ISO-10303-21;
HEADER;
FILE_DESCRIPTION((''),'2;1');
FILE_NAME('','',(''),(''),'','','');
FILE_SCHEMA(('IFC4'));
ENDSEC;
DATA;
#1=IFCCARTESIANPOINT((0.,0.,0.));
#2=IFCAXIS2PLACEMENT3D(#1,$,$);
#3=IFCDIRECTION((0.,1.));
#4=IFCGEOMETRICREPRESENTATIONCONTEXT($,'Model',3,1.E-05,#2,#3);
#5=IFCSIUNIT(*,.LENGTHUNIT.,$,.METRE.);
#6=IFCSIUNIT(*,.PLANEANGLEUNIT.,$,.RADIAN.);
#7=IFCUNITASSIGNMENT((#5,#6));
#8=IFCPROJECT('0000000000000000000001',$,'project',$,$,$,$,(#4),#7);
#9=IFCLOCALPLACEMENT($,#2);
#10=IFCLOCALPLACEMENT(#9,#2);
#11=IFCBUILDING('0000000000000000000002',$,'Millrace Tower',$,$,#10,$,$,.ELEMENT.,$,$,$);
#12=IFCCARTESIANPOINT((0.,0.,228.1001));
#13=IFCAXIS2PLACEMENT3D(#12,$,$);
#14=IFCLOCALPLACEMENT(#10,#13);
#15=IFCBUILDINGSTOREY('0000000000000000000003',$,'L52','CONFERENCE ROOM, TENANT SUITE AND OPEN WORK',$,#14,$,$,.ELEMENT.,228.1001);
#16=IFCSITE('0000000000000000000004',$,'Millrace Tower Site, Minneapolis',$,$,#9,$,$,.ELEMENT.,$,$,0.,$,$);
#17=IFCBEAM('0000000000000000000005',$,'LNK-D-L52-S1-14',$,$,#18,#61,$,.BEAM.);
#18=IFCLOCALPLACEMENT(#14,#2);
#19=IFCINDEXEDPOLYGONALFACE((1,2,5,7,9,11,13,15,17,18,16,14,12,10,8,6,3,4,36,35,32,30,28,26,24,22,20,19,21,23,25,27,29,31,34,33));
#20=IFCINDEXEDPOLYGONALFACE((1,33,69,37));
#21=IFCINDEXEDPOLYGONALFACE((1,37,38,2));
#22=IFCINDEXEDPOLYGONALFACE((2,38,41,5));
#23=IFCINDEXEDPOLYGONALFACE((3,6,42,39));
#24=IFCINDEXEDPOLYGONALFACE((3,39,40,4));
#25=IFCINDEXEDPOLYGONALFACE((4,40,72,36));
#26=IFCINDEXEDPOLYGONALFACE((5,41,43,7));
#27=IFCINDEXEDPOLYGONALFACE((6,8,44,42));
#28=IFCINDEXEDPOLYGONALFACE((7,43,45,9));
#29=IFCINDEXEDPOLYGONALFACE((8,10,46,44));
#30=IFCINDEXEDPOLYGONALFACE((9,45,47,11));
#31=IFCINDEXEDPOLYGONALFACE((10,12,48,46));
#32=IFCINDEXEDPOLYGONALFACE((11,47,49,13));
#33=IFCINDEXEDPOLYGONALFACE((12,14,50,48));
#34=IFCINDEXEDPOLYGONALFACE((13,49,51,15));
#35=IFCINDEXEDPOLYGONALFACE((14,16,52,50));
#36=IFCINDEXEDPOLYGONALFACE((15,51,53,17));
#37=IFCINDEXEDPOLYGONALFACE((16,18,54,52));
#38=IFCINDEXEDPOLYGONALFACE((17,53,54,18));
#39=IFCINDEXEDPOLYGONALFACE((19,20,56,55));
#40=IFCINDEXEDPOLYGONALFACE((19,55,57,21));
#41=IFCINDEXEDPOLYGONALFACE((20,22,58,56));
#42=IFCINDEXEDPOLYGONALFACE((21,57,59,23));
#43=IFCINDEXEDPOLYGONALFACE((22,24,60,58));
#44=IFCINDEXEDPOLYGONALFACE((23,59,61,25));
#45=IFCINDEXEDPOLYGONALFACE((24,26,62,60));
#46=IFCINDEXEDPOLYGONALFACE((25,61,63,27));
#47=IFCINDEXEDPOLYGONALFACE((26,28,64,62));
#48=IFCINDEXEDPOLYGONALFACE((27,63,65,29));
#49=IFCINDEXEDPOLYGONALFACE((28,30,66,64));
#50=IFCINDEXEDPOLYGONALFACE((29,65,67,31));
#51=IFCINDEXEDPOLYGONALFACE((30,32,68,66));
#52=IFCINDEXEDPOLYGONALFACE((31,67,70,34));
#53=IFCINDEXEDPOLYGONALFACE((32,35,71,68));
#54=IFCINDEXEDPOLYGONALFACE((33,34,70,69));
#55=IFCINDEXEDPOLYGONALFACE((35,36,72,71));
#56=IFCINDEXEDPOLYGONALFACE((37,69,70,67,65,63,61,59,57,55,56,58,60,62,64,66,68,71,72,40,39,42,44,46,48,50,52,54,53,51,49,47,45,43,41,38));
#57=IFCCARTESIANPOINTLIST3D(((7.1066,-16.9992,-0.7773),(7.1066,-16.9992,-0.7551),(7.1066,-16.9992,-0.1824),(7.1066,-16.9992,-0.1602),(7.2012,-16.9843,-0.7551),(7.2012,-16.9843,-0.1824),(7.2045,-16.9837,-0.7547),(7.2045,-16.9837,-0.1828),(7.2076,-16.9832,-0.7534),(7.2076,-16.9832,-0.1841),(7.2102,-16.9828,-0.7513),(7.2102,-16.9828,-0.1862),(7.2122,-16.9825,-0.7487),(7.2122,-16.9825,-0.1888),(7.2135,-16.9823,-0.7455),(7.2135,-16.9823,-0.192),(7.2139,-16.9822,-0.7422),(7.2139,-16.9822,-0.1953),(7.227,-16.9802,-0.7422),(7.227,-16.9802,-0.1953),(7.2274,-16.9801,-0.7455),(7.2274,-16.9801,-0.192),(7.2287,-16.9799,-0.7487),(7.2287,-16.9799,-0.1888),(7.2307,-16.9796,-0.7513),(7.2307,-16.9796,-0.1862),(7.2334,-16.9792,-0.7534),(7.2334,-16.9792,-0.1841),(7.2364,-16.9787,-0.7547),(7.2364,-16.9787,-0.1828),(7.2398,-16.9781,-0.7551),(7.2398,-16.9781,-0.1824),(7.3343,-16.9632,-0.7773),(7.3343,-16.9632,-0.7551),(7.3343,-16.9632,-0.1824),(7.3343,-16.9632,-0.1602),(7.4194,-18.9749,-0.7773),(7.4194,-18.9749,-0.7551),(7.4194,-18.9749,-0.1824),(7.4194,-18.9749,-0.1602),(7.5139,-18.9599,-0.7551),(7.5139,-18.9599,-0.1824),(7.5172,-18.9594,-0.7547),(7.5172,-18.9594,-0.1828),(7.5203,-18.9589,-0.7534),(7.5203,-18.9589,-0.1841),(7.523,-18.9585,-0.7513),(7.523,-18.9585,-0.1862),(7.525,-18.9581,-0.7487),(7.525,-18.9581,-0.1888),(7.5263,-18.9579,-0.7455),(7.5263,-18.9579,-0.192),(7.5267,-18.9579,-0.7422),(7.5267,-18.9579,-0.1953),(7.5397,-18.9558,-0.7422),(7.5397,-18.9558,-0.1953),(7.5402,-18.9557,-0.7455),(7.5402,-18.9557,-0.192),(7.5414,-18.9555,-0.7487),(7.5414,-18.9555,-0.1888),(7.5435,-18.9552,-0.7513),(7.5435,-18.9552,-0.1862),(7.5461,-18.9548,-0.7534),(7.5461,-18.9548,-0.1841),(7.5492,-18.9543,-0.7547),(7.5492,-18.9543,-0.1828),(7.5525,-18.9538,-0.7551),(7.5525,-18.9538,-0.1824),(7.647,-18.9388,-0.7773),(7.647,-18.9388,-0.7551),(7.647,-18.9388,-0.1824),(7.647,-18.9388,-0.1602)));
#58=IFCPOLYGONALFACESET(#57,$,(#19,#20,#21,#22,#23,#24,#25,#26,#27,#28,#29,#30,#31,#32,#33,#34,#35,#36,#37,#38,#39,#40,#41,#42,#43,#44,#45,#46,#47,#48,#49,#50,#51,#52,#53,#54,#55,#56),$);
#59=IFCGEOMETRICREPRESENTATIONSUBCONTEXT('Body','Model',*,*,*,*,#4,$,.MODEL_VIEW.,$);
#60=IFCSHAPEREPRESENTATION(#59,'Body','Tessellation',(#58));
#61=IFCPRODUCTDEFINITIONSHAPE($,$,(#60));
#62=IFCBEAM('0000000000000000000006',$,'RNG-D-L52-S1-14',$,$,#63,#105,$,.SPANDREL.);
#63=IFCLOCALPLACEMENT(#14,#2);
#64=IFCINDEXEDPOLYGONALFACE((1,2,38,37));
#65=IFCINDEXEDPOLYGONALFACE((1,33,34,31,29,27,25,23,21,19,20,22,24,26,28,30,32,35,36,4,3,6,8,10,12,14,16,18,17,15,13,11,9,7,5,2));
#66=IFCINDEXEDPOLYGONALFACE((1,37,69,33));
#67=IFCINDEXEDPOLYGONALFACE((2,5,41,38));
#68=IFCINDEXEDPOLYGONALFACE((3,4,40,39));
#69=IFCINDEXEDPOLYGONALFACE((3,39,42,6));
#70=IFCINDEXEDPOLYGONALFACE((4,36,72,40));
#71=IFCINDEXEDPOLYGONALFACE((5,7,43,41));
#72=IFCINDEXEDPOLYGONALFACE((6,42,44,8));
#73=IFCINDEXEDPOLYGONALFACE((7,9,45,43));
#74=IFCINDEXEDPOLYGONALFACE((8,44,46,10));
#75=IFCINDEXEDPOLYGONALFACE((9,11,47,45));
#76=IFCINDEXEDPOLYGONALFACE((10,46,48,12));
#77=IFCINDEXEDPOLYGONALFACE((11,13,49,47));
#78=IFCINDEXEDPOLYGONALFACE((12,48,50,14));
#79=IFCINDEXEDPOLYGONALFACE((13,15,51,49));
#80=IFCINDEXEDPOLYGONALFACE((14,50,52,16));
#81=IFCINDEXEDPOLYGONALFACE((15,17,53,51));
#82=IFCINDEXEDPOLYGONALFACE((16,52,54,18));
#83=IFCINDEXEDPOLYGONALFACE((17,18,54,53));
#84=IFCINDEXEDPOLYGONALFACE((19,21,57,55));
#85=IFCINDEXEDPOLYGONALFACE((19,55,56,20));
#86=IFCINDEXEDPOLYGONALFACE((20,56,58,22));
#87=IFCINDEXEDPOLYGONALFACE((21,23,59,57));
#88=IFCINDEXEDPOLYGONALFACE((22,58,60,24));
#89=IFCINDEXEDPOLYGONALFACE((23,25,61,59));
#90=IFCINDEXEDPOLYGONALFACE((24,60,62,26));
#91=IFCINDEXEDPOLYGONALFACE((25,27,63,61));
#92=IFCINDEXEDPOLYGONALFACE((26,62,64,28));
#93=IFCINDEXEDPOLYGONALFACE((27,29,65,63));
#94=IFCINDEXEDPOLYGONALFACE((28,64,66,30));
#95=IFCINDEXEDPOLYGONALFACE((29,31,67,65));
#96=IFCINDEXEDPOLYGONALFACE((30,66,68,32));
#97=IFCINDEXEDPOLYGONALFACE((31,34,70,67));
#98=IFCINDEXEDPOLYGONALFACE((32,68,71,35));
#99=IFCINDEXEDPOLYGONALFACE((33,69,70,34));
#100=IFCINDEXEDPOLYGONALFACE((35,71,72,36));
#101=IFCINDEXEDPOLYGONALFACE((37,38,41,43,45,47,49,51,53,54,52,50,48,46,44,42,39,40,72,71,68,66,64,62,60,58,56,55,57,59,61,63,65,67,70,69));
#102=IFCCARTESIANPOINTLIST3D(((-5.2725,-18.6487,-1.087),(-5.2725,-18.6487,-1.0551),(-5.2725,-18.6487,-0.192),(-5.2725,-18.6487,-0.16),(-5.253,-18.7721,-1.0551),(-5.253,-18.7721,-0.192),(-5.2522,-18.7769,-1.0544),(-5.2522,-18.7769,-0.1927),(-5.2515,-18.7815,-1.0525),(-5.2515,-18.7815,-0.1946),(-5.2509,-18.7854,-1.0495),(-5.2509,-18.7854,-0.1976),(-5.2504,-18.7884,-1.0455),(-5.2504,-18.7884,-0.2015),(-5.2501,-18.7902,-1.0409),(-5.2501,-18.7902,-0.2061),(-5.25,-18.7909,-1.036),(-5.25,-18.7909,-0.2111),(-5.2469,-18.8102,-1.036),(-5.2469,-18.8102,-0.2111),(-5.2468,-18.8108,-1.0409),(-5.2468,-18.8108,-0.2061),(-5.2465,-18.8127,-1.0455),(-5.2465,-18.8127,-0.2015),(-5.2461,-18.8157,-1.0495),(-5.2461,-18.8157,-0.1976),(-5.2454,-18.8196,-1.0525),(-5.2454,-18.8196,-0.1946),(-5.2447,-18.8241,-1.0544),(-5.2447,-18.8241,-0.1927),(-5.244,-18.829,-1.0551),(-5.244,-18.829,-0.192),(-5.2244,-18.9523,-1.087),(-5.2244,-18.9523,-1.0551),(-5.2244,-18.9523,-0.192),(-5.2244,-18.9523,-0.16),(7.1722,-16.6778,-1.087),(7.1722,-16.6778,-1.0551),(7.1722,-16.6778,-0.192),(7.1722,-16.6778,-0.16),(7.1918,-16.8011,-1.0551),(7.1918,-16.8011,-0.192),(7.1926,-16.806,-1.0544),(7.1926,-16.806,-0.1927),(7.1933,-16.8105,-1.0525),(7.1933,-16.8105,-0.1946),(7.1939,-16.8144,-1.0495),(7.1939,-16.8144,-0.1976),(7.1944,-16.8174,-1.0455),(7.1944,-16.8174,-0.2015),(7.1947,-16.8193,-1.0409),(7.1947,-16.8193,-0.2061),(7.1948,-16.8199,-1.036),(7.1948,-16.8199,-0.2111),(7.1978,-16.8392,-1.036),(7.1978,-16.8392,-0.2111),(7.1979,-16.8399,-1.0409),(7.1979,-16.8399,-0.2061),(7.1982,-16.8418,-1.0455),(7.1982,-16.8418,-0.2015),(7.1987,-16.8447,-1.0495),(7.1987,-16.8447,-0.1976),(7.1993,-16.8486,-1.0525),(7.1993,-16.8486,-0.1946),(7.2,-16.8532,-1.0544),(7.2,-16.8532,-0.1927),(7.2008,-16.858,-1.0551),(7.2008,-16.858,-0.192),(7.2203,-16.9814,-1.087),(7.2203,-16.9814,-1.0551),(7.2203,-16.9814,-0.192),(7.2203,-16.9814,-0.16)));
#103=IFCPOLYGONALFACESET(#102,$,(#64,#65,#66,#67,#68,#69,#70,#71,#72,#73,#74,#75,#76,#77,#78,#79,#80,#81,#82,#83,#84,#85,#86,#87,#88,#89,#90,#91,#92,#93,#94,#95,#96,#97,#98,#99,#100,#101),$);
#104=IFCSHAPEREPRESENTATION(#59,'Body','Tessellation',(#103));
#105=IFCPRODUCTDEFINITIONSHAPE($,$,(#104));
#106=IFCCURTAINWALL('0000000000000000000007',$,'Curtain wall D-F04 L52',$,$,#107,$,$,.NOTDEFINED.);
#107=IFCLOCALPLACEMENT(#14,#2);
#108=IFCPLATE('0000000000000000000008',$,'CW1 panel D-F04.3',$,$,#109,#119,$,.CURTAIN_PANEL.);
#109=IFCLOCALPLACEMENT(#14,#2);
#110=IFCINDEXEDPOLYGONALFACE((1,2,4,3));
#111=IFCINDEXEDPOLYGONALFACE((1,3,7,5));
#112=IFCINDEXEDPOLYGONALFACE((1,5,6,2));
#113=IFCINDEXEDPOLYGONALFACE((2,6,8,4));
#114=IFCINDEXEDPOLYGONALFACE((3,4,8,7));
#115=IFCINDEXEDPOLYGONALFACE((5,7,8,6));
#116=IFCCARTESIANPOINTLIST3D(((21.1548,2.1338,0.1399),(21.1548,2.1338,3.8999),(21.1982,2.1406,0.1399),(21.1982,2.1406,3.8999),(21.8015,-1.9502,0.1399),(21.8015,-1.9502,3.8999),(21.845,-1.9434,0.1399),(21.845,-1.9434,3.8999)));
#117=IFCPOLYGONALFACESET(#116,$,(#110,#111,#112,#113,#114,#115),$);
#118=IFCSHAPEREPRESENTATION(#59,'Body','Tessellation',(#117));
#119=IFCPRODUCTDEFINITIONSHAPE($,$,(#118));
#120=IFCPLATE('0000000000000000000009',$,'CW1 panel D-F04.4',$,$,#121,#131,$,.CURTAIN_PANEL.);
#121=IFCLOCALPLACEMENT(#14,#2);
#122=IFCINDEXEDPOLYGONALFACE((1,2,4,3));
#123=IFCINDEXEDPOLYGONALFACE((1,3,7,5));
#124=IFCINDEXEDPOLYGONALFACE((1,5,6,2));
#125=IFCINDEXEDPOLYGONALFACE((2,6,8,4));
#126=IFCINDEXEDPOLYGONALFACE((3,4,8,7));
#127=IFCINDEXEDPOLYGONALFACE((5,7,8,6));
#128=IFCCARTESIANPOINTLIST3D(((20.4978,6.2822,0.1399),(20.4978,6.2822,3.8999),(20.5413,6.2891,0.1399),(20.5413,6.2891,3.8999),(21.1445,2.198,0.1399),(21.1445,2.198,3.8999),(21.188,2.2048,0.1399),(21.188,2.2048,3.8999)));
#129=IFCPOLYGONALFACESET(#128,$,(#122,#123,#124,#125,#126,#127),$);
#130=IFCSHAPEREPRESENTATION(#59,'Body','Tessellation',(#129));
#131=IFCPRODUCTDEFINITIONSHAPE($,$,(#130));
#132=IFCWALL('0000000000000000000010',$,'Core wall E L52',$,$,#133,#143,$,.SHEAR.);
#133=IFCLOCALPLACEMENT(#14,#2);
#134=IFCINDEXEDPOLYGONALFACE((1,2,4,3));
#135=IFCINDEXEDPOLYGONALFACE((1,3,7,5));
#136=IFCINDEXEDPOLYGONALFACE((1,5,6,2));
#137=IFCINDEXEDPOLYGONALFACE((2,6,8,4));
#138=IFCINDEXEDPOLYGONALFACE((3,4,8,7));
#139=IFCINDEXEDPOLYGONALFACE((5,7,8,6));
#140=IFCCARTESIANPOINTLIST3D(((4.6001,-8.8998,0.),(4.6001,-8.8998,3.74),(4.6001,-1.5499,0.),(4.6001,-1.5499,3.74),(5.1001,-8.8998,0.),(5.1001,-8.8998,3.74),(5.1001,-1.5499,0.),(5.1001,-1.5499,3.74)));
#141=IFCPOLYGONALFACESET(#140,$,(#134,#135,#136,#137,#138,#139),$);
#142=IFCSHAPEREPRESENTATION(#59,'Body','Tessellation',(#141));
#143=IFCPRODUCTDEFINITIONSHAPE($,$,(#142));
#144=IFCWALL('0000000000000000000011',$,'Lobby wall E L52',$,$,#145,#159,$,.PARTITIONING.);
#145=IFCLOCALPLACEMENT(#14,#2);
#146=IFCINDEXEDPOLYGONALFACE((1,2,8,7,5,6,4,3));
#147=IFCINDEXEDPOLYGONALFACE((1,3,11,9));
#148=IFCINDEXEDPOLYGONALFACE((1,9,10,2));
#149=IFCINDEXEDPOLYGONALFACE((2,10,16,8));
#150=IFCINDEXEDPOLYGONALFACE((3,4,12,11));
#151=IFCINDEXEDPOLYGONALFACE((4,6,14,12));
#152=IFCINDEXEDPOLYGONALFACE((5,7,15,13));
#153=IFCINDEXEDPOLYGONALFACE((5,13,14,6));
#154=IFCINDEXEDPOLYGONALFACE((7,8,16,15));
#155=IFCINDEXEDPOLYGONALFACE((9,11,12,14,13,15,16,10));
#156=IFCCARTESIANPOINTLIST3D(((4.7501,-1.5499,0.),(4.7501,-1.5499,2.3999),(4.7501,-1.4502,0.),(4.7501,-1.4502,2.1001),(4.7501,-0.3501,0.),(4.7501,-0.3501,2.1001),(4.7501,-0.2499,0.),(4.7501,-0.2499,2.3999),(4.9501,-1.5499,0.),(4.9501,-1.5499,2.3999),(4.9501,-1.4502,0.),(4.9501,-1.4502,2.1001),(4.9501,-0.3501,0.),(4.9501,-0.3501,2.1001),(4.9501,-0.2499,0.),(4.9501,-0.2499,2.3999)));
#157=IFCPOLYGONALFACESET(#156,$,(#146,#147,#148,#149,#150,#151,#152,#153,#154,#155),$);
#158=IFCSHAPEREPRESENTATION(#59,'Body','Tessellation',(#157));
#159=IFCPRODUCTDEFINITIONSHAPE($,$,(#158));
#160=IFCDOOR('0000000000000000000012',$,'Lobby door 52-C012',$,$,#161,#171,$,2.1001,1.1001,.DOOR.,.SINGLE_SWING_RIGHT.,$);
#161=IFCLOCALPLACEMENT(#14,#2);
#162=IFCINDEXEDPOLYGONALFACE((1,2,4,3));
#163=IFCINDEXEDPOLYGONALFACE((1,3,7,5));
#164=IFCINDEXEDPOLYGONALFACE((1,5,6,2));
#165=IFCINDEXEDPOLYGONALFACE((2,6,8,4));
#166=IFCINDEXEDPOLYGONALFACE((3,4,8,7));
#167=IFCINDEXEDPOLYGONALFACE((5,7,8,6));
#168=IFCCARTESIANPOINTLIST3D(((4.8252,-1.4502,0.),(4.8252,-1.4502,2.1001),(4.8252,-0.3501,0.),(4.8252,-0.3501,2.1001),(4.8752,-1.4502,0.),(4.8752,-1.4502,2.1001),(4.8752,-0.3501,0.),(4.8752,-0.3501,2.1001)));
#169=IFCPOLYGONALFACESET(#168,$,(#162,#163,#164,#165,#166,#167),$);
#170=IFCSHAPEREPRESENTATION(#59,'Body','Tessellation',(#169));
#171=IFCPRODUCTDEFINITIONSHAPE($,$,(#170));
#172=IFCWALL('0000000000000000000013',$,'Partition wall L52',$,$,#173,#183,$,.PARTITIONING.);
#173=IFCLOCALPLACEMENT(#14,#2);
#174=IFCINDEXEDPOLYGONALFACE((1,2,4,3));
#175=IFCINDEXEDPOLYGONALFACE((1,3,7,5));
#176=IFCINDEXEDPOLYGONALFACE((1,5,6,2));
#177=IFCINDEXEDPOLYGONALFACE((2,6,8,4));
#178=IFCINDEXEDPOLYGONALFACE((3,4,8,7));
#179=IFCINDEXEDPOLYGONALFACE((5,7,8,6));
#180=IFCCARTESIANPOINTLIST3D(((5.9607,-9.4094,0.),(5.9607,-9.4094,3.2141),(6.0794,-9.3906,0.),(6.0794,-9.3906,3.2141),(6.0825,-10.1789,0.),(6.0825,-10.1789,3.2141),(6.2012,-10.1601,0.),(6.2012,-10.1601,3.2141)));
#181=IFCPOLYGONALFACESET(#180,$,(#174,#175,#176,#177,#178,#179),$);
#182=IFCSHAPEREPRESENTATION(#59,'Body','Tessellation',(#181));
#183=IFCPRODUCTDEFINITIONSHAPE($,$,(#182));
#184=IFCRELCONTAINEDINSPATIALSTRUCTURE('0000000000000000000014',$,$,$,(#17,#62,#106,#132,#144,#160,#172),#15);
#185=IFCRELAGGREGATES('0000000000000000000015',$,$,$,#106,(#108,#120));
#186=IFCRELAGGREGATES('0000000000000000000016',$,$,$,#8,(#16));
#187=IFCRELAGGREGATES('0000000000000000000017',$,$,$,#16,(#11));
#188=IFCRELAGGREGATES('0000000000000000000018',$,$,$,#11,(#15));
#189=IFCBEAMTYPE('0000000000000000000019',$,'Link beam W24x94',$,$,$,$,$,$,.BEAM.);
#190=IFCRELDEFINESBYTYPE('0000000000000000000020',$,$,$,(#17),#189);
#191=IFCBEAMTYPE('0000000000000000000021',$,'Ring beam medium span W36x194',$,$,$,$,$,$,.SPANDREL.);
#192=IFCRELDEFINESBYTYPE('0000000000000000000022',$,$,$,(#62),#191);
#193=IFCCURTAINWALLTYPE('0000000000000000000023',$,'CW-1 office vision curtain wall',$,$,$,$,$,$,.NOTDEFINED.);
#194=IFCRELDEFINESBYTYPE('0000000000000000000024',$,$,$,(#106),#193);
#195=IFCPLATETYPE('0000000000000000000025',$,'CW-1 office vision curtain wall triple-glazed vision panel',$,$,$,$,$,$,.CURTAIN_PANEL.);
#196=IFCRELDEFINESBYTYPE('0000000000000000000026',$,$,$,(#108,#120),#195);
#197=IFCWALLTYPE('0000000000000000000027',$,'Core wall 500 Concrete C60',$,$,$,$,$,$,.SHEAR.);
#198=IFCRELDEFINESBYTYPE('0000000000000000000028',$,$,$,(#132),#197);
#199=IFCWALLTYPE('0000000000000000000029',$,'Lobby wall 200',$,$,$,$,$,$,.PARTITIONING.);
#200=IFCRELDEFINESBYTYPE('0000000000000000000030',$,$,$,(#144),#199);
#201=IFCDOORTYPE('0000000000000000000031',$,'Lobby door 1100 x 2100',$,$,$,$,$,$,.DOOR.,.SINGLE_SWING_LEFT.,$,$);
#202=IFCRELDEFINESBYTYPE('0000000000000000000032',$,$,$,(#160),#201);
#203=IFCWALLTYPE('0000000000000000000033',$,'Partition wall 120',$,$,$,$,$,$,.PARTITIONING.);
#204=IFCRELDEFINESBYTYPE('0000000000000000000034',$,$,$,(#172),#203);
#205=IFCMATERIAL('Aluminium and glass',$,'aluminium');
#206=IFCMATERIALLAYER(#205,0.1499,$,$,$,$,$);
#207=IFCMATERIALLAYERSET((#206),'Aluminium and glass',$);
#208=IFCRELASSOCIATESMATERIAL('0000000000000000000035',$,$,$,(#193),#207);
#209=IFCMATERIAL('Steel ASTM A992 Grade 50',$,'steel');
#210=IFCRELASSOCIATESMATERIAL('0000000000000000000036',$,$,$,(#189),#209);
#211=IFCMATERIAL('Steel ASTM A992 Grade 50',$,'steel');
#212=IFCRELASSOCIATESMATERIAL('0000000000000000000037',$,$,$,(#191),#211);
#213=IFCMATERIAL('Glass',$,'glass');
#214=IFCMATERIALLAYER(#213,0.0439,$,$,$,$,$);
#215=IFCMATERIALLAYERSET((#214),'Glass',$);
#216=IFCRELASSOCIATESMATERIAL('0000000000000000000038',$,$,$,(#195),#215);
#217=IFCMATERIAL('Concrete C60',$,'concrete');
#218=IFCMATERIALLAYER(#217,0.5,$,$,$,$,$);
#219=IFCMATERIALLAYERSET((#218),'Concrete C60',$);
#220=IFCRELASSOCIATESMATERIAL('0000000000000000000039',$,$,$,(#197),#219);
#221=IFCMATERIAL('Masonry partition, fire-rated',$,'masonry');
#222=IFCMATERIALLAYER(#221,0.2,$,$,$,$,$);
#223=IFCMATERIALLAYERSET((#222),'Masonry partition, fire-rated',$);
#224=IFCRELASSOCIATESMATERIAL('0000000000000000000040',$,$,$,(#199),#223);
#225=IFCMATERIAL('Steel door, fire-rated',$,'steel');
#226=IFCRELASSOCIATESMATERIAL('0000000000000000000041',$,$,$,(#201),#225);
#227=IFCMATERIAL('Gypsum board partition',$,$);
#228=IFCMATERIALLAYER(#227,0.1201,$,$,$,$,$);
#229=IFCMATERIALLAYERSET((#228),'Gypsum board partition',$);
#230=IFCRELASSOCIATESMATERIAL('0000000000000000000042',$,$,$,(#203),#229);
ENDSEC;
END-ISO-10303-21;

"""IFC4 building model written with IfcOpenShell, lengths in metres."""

from ifc_helpers import new_model, si_unit, direction, frame, frame_2d, origin, origin_2d, place, context, subcontext, project, spatial, polyline, rectangle, i_section, outline, extrude, material, layer, layer_set, material_profile, profile_set, type_object, element, fill, aggregate, save


model = new_model("IFC4")

# Units and contexts
model_context = context("Model", 3, precision=1e-05, world=origin(), true_north=direction((0.0, 1.0)))
body_context = subcontext(model_context, "Body", "Model", "MODEL_VIEW")
ifc_project = project(units=[si_unit("LENGTHUNIT", "METRE"), si_unit("PLANEANGLEUNIT", "RADIAN")], contexts=[model_context])

# Site, building, storey
site_placement = place(None, origin())
site = spatial("IfcSite", under=ifc_project, at=site_placement, Name="Millrace Tower Site, Minneapolis", CompositionType="ELEMENT", RefElevation=0.0)
building_placement = place(site_placement, origin())
building = spatial("IfcBuilding", under=site, at=building_placement, Name="Millrace Tower", CompositionType="ELEMENT")
storey_placement = place(building_placement, frame((0.0, 0.0, 228.1001)))
storey = spatial("IfcBuildingStorey", under=building, at=storey_placement, Name="L52", Description="CONFERENCE ROOM, TENANT SUITE AND OPEN WORK", CompositionType="ELEMENT", Elevation=228.1001)

# Shared definitions
ifc_material_1 = material(Name="Aluminium and glass", Category="aluminium")
ifc_layer_1 = layer(ifc_material_1, 0.1499)
ifc_layer_set_1 = layer_set([ifc_layer_1], Name="Aluminium and glass")
curtain_wall_type = type_object("IfcCurtainWallType", Name="CW-1 office vision curtain wall", PredefinedType="NOTDEFINED", material=ifc_layer_set_1)
placement_1 = place(storey_placement, origin())

# Beams
ifc_material_2 = material(Name="Steel ASTM A992 Grade 50", Category="steel")
ifc_material_profile_1 = material_profile(ifc_material_2, i_section(OverallWidth=0.2305, OverallDepth=0.6172, WebThickness=0.0132, FlangeThickness=0.0222, FilletRadius=0.0129, at=origin_2d()))
ifc_profile_set_1 = profile_set([ifc_material_profile_1], Name="Steel ASTM A992 Grade 50")
beam_type_1 = type_object("IfcBeamType", Name="Link beam W24x94", PredefinedType="BEAM", material=ifc_profile_set_1)
beam_1_placement = place(storey_placement, frame((7.2205, -16.9812, -0.4688), z_axis=(0.156357, -0.987701, 0.0), x_axis=(0.987701, 0.156357, 0.0)))
element("IfcBeam", 1, at=beam_1_placement, inside=storey, type_object=beam_type_1, Name="LNK-D-L52-S1-14", PredefinedType="BEAM", context=body_context, shape_type="SweptSolid", body=[
    extrude(i_section(OverallWidth=0.2305, OverallDepth=0.6172, WebThickness=0.0132, FlangeThickness=0.0222, FilletRadius=0.0129, at=origin_2d()), origin(), (0.0, 0.0, 1.0), 2.0002),
])
ifc_material_3 = material(Name="Steel ASTM A992 Grade 50", Category="steel")
ifc_material_profile_2 = material_profile(ifc_material_3, i_section(OverallWidth=0.3074, OverallDepth=0.927, WebThickness=0.0195, FlangeThickness=0.032, FilletRadius=0.019, at=origin_2d()))
ifc_profile_set_2 = profile_set([ifc_material_profile_2], Name="Steel ASTM A992 Grade 50")
beam_type_2 = type_object("IfcBeamType", Name="Ring beam medium span W36x194", PredefinedType="SPANDREL", material=ifc_profile_set_2)
beam_2_placement = place(storey_placement, frame((7.1963, -16.8296, -0.6235), z_axis=(-0.98769, -0.156425, 0.0), x_axis=(0.156425, -0.98769, 0.0)))
element("IfcBeam", 2, at=beam_2_placement, inside=storey, type_object=beam_type_2, Name="RNG-D-L52-S1-14", PredefinedType="SPANDREL", context=body_context, shape_type="SweptSolid", body=[
    extrude(i_section(OverallWidth=0.3074, OverallDepth=0.927, WebThickness=0.0195, FlangeThickness=0.032, FilletRadius=0.019, at=origin_2d()), origin(), (0.0, 0.0, 1.0), 12.5999),
])

# Curtain wall, plates
curtain_wall_1 = element("IfcCurtainWall", 3, at=placement_1, inside=storey, type_object=curtain_wall_type, Name="Curtain wall D-F04 L52", PredefinedType="NOTDEFINED")
ifc_material_4 = material(Name="Glass", Category="glass")
ifc_layer_2 = layer(ifc_material_4, 0.0439)
ifc_layer_set_2 = layer_set([ifc_layer_2], Name="Glass")
plate_type = type_object("IfcPlateType", Name="CW-1 office vision curtain wall triple-glazed vision panel", PredefinedType="CURTAIN_PANEL", material=ifc_layer_set_2)
placement_2 = place(storey_placement, frame((0.0, 0.0, 0.1399)))
plate_1 = element("IfcPlate", 4, at=placement_2, type_object=plate_type, Name="CW1 panel D-F04.3", PredefinedType="CURTAIN_PANEL", context=body_context, shape_type="SweptSolid", body=[
    extrude(outline(polyline([(21.845, -1.9434), (21.1982, 2.1406), (21.1548, 2.1338), (21.8015, -1.9502), (21.845, -1.9434)])), origin(), (0.0, 0.0, 1.0), 3.76),
])
plate_2 = element("IfcPlate", 5, at=placement_2, type_object=plate_type, Name="CW1 panel D-F04.4", PredefinedType="CURTAIN_PANEL", context=body_context, shape_type="SweptSolid", body=[
    extrude(outline(polyline([(21.188, 2.2048), (20.5413, 6.2891), (20.4978, 6.2822), (21.1445, 2.198), (21.188, 2.2048)])), origin(), (0.0, 0.0, 1.0), 3.76),
])
aggregate(curtain_wall_1, [plate_1, plate_2])

# Wall
ifc_material_5 = material(Name="Concrete C60", Category="concrete")
ifc_layer_3 = layer(ifc_material_5, 0.5)
ifc_layer_set_3 = layer_set([ifc_layer_3], Name="Concrete C60")
wall_type_1 = type_object("IfcWallType", Name="Core wall 500 Concrete C60", PredefinedType="SHEAR", material=ifc_layer_set_3)
wall_1_placement = place(storey_placement, frame((4.8501, -1.55, 0.0), z_axis=(0.0, 0.0, 1.0), x_axis=(0.0, -1.0, 0.0)))
element("IfcWall", 6, at=wall_1_placement, inside=storey, type_object=wall_type_1, Name="Core wall E L52", PredefinedType="SHEAR", context=body_context, shape_type="SweptSolid", body=[
    extrude(rectangle(XDim=7.3499, YDim=0.5, at=frame_2d((3.6748, 0.0))), origin(), (0.0, 0.0, 1.0), 3.74),
])

# Wall, opening, door
ifc_material_6 = material(Name="Masonry partition, fire-rated", Category="masonry")
ifc_layer_4 = layer(ifc_material_6, 0.2)
ifc_layer_set_4 = layer_set([ifc_layer_4], Name="Masonry partition, fire-rated")
wall_type_2 = type_object("IfcWallType", Name="Lobby wall 200", PredefinedType="PARTITIONING", material=ifc_layer_set_4)
wall_2_placement = place(storey_placement, frame((4.8501, -0.25, 0.0), z_axis=(0.0, 0.0, 1.0), x_axis=(0.0, -1.0, 0.0)))
wall_2 = element("IfcWall", 7, at=wall_2_placement, inside=storey, type_object=wall_type_2, Name="Lobby wall E L52", PredefinedType="PARTITIONING", context=body_context, shape_type="SweptSolid", body=[
    extrude(rectangle(XDim=1.3, YDim=0.2, at=frame_2d((0.6499, 0.0))), origin(), (0.0, 0.0, 1.0), 2.3999),
])
opening_placement = place(wall_2_placement, frame((0.1001, 0.0, 0.0)))
opening = element("IfcOpeningElement", 8, at=opening_placement, cuts=wall_2, PredefinedType="OPENING", context=body_context, shape_type="SweptSolid", body=[
    extrude(rectangle(XDim=1.1001, YDim=2.1001, at=frame_2d((0.55, 1.05))), frame((0.0, 0.1099, 0.0), z_axis=(0.0, -1.0, 0.0), x_axis=(1.0, 0.0, 0.0)), (0.0, 0.0, 1.0), 0.22),
])
ifc_material_7 = material(Name="Steel door, fire-rated", Category="steel")
door_type = type_object("IfcDoorType", Name="Lobby door 1100 x 2100", OperationType="SINGLE_SWING_LEFT", PredefinedType="DOOR", material=ifc_material_7)
door_placement = place(opening_placement, frame((1.1001, 0.0, 0.0), z_axis=(0.0, 0.0, 1.0), x_axis=(-1.0, 0.0, 0.0)))
door = element("IfcDoor", 9, at=door_placement, inside=storey, type_object=door_type, Name="Lobby door 52-C012", OperationType="SINGLE_SWING_RIGHT", OverallHeight=2.1001, OverallWidth=1.1001, PredefinedType="DOOR", context=body_context, shape_type="SweptSolid", body=[
    extrude(rectangle(XDim=1.1001, YDim=2.1001, at=frame_2d((0.55, 1.05))), frame((0.0, 0.0249, 0.0), z_axis=(0.0, -1.0, 0.0), x_axis=(1.0, 0.0, 0.0)), (0.0, 0.0, 1.0), 0.05),
])
fill(opening, door)

# Wall
ifc_material_8 = material(Name="Gypsum board partition")
ifc_layer_5 = layer(ifc_material_8, 0.1201)
ifc_layer_set_5 = layer_set([ifc_layer_5], Name="Gypsum board partition")
wall_type_3 = type_object("IfcWallType", Name="Partition wall 120", PredefinedType="PARTITIONING", material=ifc_layer_set_5)
wall_3_placement = place(storey_placement, frame((6.02, -9.3999, 0.0), z_axis=(0.0, 0.0, 1.0), x_axis=(0.156365, -0.987699, 0.0)))
element("IfcWall", 10, at=wall_3_placement, inside=storey, type_object=wall_type_3, Name="Partition wall L52", PredefinedType="PARTITIONING", context=body_context, shape_type="SweptSolid", body=[
    extrude(rectangle(XDim=0.7791, YDim=0.1201, at=frame_2d((0.3896, 0.0))), origin(), (0.0, 0.0, 1.0), 3.2141),
])

save(model, "model.ifc")
